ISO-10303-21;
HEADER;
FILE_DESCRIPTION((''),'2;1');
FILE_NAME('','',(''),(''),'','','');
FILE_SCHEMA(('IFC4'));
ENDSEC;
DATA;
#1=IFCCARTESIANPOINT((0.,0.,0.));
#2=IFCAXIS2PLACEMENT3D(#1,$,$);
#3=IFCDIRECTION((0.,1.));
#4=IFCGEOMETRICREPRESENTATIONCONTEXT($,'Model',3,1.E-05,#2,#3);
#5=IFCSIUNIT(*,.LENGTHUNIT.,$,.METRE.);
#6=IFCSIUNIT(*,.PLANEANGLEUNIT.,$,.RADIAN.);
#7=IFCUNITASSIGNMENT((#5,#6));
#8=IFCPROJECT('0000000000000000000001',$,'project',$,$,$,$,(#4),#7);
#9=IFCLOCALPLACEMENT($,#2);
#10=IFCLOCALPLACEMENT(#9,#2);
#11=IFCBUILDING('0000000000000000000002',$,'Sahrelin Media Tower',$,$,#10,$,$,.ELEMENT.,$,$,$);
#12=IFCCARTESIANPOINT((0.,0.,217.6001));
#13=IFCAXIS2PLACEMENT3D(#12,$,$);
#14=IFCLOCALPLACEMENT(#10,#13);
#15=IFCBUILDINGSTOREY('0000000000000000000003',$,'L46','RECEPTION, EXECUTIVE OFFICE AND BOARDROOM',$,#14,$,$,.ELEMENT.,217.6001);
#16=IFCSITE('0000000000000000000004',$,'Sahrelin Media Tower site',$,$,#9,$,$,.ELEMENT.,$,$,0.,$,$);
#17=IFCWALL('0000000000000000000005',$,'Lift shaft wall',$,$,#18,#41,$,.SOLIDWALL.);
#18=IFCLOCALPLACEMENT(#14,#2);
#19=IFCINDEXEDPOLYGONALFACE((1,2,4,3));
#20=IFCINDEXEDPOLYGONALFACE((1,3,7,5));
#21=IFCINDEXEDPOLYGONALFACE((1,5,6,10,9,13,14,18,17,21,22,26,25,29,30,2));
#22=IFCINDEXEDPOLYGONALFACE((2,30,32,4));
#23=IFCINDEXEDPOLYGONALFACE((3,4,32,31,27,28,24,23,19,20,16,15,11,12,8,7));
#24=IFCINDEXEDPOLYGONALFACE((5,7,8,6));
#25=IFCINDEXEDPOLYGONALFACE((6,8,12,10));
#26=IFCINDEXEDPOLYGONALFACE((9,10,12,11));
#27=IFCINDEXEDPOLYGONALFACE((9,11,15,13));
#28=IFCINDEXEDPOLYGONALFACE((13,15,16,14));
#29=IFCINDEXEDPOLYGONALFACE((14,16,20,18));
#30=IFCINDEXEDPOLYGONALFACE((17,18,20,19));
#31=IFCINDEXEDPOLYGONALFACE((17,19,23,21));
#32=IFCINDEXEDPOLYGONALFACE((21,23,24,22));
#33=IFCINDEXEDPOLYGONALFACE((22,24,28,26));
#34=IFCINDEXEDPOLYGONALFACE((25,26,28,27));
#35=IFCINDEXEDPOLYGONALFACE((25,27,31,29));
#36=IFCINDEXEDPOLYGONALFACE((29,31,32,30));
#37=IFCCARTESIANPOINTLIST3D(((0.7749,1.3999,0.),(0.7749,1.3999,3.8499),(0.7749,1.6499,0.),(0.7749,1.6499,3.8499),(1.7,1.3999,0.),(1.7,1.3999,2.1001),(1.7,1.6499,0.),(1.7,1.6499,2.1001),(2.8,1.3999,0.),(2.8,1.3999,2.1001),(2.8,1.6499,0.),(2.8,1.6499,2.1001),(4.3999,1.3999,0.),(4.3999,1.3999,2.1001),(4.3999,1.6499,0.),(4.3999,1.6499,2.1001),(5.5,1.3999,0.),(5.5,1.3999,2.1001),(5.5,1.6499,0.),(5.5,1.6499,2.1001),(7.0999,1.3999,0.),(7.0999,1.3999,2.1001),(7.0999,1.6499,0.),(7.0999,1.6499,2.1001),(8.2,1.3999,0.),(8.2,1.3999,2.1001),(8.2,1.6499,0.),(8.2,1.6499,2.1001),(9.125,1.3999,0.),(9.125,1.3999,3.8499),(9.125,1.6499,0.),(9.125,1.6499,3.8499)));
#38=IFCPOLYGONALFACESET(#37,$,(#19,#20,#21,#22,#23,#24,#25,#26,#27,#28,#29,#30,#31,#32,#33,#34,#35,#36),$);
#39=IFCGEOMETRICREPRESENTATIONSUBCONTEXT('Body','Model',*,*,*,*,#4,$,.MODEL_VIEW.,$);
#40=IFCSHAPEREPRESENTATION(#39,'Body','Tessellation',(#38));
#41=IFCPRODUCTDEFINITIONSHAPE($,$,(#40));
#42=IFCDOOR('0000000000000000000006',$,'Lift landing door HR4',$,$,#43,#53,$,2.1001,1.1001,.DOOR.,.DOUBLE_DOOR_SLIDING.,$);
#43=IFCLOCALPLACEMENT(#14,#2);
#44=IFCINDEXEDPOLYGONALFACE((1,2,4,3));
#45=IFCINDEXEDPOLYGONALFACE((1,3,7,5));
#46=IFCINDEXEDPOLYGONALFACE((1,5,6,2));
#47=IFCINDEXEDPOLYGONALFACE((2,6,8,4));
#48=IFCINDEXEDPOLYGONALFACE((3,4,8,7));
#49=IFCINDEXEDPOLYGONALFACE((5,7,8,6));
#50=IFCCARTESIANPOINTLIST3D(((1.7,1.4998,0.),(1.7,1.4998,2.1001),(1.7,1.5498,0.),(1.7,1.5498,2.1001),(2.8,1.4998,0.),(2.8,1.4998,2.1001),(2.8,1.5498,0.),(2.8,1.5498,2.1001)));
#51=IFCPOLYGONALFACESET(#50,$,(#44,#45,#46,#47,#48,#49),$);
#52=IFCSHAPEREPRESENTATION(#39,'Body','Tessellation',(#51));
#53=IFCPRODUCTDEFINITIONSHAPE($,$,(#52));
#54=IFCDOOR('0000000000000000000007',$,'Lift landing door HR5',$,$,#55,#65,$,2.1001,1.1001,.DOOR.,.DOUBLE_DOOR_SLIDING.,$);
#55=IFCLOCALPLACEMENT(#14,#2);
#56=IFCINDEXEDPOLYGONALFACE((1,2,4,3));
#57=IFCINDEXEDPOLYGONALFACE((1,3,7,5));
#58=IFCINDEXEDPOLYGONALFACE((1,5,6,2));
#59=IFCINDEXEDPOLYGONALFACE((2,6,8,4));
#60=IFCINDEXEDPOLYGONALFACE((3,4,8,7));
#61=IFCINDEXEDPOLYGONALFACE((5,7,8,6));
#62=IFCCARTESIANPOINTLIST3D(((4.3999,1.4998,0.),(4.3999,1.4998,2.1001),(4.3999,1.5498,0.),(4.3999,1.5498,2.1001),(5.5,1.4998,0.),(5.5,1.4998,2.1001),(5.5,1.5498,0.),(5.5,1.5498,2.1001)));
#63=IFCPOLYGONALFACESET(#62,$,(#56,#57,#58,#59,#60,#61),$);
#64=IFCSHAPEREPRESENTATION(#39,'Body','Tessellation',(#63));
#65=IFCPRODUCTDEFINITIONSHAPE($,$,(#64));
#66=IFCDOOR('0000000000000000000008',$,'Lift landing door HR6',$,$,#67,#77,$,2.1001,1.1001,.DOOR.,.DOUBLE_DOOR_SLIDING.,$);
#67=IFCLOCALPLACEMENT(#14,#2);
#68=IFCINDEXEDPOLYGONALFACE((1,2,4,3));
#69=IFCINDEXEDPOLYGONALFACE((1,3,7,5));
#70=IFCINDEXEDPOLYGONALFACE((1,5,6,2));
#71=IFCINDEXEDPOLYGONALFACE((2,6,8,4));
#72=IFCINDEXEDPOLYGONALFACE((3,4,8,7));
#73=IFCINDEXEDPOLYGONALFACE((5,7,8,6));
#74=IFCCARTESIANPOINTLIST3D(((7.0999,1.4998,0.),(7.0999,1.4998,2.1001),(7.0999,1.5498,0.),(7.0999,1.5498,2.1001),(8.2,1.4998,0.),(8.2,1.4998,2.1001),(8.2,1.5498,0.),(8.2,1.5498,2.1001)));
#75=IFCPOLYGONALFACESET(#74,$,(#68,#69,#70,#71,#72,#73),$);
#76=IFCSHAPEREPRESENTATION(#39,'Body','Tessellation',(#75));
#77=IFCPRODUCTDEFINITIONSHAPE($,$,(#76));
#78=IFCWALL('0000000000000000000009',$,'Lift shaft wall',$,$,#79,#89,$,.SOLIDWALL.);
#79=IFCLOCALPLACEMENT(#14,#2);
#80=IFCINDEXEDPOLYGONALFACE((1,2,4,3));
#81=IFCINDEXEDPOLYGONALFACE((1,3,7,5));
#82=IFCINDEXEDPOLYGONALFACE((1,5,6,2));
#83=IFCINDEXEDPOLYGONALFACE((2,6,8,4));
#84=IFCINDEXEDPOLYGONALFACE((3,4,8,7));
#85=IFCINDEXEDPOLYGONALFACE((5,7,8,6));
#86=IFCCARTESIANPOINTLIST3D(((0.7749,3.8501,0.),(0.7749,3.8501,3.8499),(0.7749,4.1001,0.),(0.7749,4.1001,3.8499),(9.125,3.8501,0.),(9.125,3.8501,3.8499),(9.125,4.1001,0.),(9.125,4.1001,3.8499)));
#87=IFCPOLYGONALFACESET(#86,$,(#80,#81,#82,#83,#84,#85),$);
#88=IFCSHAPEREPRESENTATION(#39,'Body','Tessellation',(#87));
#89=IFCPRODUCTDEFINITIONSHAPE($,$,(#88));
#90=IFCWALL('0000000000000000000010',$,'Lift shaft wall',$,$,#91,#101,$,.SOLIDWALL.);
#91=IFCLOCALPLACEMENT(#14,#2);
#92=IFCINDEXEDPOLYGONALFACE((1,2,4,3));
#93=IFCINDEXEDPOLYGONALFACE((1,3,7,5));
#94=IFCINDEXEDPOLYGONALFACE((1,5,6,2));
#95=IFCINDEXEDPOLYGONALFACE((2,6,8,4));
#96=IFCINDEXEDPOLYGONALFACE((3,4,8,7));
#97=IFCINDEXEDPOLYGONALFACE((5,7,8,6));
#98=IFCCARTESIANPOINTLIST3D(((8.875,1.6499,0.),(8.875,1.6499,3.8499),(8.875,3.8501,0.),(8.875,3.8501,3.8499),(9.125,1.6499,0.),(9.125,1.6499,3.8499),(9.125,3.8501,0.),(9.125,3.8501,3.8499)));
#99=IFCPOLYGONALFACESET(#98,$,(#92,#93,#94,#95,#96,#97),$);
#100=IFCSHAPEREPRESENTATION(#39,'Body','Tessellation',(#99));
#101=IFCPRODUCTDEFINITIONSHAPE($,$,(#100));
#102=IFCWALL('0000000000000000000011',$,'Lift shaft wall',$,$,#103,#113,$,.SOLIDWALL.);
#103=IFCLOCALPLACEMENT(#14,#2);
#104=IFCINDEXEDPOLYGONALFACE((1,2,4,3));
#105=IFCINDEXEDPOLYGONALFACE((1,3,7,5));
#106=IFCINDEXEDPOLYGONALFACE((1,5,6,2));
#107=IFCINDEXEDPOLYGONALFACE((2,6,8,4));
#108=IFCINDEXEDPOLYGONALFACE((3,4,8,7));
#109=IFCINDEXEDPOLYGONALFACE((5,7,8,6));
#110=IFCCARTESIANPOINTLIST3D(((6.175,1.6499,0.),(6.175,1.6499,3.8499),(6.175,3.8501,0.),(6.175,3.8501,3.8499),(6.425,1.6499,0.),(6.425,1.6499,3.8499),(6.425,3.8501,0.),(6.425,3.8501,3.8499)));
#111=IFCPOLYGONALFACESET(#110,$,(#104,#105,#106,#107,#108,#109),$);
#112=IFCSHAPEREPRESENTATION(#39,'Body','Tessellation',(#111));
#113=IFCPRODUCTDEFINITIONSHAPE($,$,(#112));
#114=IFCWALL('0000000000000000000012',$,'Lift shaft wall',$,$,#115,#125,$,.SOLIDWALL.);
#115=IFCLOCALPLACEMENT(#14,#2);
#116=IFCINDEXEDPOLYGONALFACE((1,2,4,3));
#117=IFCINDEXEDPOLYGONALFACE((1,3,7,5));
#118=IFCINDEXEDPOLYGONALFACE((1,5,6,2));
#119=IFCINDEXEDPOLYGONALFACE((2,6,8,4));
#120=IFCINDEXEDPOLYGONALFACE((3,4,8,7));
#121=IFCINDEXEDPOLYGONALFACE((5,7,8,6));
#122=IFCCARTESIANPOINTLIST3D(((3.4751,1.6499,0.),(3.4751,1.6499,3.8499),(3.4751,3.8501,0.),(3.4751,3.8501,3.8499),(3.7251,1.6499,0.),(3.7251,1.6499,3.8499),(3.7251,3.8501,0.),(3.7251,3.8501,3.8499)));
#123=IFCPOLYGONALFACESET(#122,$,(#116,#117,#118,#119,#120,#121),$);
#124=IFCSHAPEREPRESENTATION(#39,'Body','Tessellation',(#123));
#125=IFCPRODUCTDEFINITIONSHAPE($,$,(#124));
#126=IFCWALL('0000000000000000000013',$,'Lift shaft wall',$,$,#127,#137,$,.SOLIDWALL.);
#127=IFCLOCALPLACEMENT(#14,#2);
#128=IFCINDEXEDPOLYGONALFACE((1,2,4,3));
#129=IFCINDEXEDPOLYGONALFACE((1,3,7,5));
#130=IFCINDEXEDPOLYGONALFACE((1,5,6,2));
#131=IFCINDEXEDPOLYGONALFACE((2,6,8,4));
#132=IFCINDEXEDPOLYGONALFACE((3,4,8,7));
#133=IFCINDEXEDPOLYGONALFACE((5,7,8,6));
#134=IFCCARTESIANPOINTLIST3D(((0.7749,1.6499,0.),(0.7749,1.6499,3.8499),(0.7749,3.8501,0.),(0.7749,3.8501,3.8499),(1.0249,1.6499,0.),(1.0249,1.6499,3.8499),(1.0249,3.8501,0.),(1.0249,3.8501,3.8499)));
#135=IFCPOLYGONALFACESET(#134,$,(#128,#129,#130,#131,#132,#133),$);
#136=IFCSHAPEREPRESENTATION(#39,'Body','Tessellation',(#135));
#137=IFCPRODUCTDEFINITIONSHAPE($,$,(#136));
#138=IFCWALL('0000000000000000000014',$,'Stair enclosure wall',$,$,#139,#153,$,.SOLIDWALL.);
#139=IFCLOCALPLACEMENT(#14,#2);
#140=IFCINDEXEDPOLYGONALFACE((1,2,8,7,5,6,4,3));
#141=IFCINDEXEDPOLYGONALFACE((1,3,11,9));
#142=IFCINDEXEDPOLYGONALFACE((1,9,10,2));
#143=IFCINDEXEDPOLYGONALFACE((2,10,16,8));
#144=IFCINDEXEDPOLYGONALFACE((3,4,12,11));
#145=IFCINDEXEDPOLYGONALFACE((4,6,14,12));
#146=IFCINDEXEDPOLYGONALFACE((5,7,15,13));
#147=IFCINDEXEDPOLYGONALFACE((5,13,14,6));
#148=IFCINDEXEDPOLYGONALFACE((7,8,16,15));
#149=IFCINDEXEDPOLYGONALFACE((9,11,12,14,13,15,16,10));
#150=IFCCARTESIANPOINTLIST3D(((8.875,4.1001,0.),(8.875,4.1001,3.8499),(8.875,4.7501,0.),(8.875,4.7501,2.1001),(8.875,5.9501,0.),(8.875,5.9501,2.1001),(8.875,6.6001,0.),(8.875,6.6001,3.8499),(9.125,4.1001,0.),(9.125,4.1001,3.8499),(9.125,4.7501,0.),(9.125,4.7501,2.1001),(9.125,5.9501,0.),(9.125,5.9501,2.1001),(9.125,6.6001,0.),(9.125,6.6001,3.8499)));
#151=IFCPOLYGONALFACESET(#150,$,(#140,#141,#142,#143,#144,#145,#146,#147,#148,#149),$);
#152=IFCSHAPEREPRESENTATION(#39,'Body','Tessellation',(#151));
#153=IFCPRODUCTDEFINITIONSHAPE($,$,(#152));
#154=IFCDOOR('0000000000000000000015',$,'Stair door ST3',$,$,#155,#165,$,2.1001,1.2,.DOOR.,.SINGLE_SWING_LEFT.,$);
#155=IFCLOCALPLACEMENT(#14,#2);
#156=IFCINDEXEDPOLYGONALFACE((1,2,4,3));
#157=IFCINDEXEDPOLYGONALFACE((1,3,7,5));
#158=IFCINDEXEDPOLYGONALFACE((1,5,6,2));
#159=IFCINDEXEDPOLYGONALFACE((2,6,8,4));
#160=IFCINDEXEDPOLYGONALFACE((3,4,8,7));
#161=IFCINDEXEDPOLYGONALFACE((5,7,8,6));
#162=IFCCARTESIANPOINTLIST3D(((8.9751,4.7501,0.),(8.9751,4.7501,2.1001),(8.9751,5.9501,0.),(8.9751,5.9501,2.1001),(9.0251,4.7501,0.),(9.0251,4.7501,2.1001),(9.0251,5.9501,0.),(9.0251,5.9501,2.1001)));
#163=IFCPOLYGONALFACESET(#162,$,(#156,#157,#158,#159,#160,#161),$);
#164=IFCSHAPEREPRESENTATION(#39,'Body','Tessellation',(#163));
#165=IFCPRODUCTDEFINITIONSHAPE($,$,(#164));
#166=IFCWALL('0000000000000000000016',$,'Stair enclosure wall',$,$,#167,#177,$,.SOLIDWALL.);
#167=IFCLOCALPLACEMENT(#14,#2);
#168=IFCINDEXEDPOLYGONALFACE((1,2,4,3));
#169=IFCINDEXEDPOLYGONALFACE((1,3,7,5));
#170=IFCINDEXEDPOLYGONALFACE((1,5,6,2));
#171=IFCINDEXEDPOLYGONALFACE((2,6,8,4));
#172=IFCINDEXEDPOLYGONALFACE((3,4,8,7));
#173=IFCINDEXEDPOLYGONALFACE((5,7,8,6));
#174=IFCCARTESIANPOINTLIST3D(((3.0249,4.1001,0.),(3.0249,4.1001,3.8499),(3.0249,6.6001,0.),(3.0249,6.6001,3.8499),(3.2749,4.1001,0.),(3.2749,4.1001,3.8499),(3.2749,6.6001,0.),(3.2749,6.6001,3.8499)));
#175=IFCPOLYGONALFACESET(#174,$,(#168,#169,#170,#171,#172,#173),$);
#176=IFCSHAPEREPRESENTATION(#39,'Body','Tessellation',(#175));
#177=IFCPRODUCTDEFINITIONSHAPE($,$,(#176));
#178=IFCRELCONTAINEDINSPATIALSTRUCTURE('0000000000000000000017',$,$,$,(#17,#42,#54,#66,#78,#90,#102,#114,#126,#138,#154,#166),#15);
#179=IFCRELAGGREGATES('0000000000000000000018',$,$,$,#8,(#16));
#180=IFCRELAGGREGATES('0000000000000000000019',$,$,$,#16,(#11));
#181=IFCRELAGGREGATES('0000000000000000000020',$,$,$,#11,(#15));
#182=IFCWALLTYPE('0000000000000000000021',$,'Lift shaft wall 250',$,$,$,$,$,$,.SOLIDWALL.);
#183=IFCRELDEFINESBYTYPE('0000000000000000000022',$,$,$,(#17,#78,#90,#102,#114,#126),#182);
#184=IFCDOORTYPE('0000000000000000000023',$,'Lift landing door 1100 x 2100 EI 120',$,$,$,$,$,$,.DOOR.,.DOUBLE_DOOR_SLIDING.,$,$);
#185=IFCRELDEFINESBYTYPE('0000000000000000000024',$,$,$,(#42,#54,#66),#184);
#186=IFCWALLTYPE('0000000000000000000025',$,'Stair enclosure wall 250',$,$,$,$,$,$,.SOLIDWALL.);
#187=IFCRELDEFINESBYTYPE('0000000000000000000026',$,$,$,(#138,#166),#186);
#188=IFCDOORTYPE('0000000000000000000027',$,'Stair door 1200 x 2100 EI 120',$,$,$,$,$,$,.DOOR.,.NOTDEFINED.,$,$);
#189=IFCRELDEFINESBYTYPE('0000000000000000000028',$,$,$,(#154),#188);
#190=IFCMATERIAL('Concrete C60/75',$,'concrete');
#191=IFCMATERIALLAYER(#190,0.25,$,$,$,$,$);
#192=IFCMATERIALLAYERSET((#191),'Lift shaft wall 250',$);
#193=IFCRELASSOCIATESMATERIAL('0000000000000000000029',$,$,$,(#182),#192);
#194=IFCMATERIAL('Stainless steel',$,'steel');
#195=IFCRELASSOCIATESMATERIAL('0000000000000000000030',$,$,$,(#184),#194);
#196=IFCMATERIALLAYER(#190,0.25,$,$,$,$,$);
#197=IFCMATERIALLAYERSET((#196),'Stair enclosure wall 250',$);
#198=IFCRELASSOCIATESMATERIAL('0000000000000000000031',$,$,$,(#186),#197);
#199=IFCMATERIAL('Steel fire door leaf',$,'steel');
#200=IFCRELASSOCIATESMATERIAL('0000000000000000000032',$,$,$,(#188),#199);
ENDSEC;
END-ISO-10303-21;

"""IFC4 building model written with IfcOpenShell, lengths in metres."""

from ifc_helpers import new_model, si_unit, direction, frame, frame_2d, origin, place, context, subcontext, project, spatial, rectangle, extrude, material, layer, layer_set, type_object, element, fill, save


model = new_model("IFC4")

# Units and contexts
model_context = context("Model", 3, precision=1e-05, world=origin(), true_north=direction((0.0, 1.0)))
body_context = subcontext(model_context, "Body", "Model", "MODEL_VIEW")
ifc_project = project(units=[si_unit("LENGTHUNIT", "METRE"), si_unit("PLANEANGLEUNIT", "RADIAN")], contexts=[model_context])

# Site, building, storey
site_placement = place(None, origin())
site = spatial("IfcSite", under=ifc_project, at=site_placement, Name="Sahrelin Media Tower site", CompositionType="ELEMENT", RefElevation=0.0)
building_placement = place(site_placement, origin())
building = spatial("IfcBuilding", under=site, at=building_placement, Name="Sahrelin Media Tower", CompositionType="ELEMENT")
storey_placement = place(building_placement, frame((0.0, 0.0, 217.6001)))
storey = spatial("IfcBuildingStorey", under=building, at=storey_placement, Name="L46", Description="RECEPTION, EXECUTIVE OFFICE AND BOARDROOM", CompositionType="ELEMENT", Elevation=217.6001)

# Wall, openings, doors
ifc_material_1 = material(Name="Concrete C60/75", Category="concrete")
ifc_layer_1 = layer(ifc_material_1, 0.25)
ifc_layer_set_1 = layer_set([ifc_layer_1], Name="Lift shaft wall 250")
wall_type_1 = type_object("IfcWallType", Name="Lift shaft wall 250", PredefinedType="SOLIDWALL", material=ifc_layer_set_1)
wall_1_placement = place(storey_placement, frame((0.7749, 1.5249, 0.0), z_axis=(0.0, 0.0, 1.0), x_axis=(1.0, 0.0, 0.0)))
wall_1 = element("IfcWall", 1, at=wall_1_placement, inside=storey, type_object=wall_type_1, Name="Lift shaft wall", PredefinedType="SOLIDWALL", context=body_context, shape_type="SweptSolid", body=[
    extrude(rectangle(XDim=8.3501, YDim=0.25, at=frame_2d((4.175, 0.0))), origin(), (0.0, 0.0, 1.0), 3.8499),
])
opening_1_placement = place(wall_1_placement, frame((0.925, 0.0, 0.0)))
opening_1 = element("IfcOpeningElement", 2, at=opening_1_placement, cuts=wall_1, PredefinedType="OPENING", context=body_context, shape_type="SweptSolid", body=[
    extrude(rectangle(XDim=1.1001, YDim=2.1001, at=frame_2d((0.55, 1.05))), frame((0.0, 0.125, 0.0), z_axis=(0.0, -1.0, 0.0), x_axis=(1.0, 0.0, 0.0)), (0.0, 0.0, 1.0), 0.25),
])
opening_2_placement = place(wall_1_placement, frame((3.625, 0.0, 0.0)))
opening_2 = element("IfcOpeningElement", 3, at=opening_2_placement, cuts=wall_1, PredefinedType="OPENING", context=body_context, shape_type="SweptSolid", body=[
    extrude(rectangle(XDim=1.1001, YDim=2.1001, at=frame_2d((0.55, 1.05))), frame((0.0, 0.125, 0.0), z_axis=(0.0, -1.0, 0.0), x_axis=(1.0, 0.0, 0.0)), (0.0, 0.0, 1.0), 0.25),
])
opening_3_placement = place(wall_1_placement, frame((6.325, 0.0, 0.0)))
opening_3 = element("IfcOpeningElement", 4, at=opening_3_placement, cuts=wall_1, PredefinedType="OPENING", context=body_context, shape_type="SweptSolid", body=[
    extrude(rectangle(XDim=1.1001, YDim=2.1001, at=frame_2d((0.55, 1.05))), frame((0.0, 0.125, 0.0), z_axis=(0.0, -1.0, 0.0), x_axis=(1.0, 0.0, 0.0)), (0.0, 0.0, 1.0), 0.25),
])
ifc_material_2 = material(Name="Stainless steel", Category="steel")
door_type_1 = type_object("IfcDoorType", Name="Lift landing door 1100 x 2100 EI 120", OperationType="DOUBLE_DOOR_SLIDING", PredefinedType="DOOR", material=ifc_material_2)
door_1_placement = place(opening_1_placement, origin())
door_1 = element("IfcDoor", 5, at=door_1_placement, inside=storey, type_object=door_type_1, Name="Lift landing door HR4", OperationType="DOUBLE_DOOR_SLIDING", OverallHeight=2.1001, OverallWidth=1.1001, PredefinedType="DOOR", context=body_context, shape_type="SweptSolid", body=[
    extrude(rectangle(XDim=1.1001, YDim=2.1001, at=frame_2d((0.55, 1.05))), frame((0.0, 0.0249, 0.0), z_axis=(0.0, -1.0, 0.0), x_axis=(1.0, 0.0, 0.0)), (0.0, 0.0, 1.0), 0.05),
])
fill(opening_1, door_1)
door_2_placement = place(opening_2_placement, origin())
door_2 = element("IfcDoor", 6, at=door_2_placement, inside=storey, type_object=door_type_1, Name="Lift landing door HR5", OperationType="DOUBLE_DOOR_SLIDING", OverallHeight=2.1001, OverallWidth=1.1001, PredefinedType="DOOR", context=body_context, shape_type="SweptSolid", body=[
    extrude(rectangle(XDim=1.1001, YDim=2.1001, at=frame_2d((0.55, 1.05))), frame((0.0, 0.0249, 0.0), z_axis=(0.0, -1.0, 0.0), x_axis=(1.0, 0.0, 0.0)), (0.0, 0.0, 1.0), 0.05),
])
fill(opening_2, door_2)
door_3_placement = place(opening_3_placement, origin())
door_3 = element("IfcDoor", 7, at=door_3_placement, inside=storey, type_object=door_type_1, Name="Lift landing door HR6", OperationType="DOUBLE_DOOR_SLIDING", OverallHeight=2.1001, OverallWidth=1.1001, PredefinedType="DOOR", context=body_context, shape_type="SweptSolid", body=[
    extrude(rectangle(XDim=1.1001, YDim=2.1001, at=frame_2d((0.55, 1.05))), frame((0.0, 0.0249, 0.0), z_axis=(0.0, -1.0, 0.0), x_axis=(1.0, 0.0, 0.0)), (0.0, 0.0, 1.0), 0.05),
])
fill(opening_3, door_3)

# Walls
wall_2_placement = place(storey_placement, frame((0.7749, 3.9751, 0.0), z_axis=(0.0, 0.0, 1.0), x_axis=(1.0, 0.0, 0.0)))
element("IfcWall", 8, at=wall_2_placement, inside=storey, type_object=wall_type_1, Name="Lift shaft wall", PredefinedType="SOLIDWALL", context=body_context, shape_type="SweptSolid", body=[
    extrude(rectangle(XDim=8.3501, YDim=0.25, at=frame_2d((4.175, 0.0))), origin(), (0.0, 0.0, 1.0), 3.8499),
])
for number, where, z_axis, x_axis, name in (
    (9, (9.0, 1.6499, 0.0), (0.0, 0.0, 1.0), (0.0, 1.0, 0.0), "Lift shaft wall"),
    (10, (6.3, 1.6499, 0.0), (0.0, 0.0, 1.0), (0.0, 1.0, 0.0), "Lift shaft wall"),
    (11, (3.6001, 1.6499, 0.0), (0.0, 0.0, 1.0), (0.0, 1.0, 0.0), "Lift shaft wall"),
    (12, (0.8999, 1.6499, 0.0), (0.0, 0.0, 1.0), (0.0, 1.0, 0.0), "Lift shaft wall"),
):
    element("IfcWall", number, at=place(storey_placement, frame(where, z_axis=z_axis, x_axis=x_axis)), inside=storey, type_object=wall_type_1, Name=name, PredefinedType="SOLIDWALL", context=body_context, shape_type="SweptSolid", body=[
        extrude(rectangle(XDim=2.2002, YDim=0.25, at=frame_2d((1.1001, 0.0))), origin(), (0.0, 0.0, 1.0), 3.8499),
    ])

# Wall, opening, door
ifc_layer_2 = layer(ifc_material_1, 0.25)
ifc_layer_set_2 = layer_set([ifc_layer_2], Name="Stair enclosure wall 250")
wall_type_2 = type_object("IfcWallType", Name="Stair enclosure wall 250", PredefinedType="SOLIDWALL", material=ifc_layer_set_2)
wall_3_placement = place(storey_placement, frame((9.0, 4.1001, 0.0), z_axis=(0.0, 0.0, 1.0), x_axis=(0.0, 1.0, 0.0)))
wall_3 = element("IfcWall", 13, at=wall_3_placement, inside=storey, type_object=wall_type_2, Name="Stair enclosure wall", PredefinedType="SOLIDWALL", context=body_context, shape_type="SweptSolid", body=[
    extrude(rectangle(XDim=2.5, YDim=0.25, at=frame_2d((1.25, 0.0))), origin(), (0.0, 0.0, 1.0), 3.8499),
])
opening_4_placement = place(wall_3_placement, frame((0.6499, 0.0, 0.0)))
opening_4 = element("IfcOpeningElement", 14, at=opening_4_placement, cuts=wall_3, PredefinedType="OPENING", context=body_context, shape_type="SweptSolid", body=[
    extrude(rectangle(XDim=1.2, YDim=2.1001, at=frame_2d((0.6001, 1.05))), frame((0.0, 0.125, 0.0), z_axis=(0.0, -1.0, 0.0), x_axis=(1.0, 0.0, 0.0)), (0.0, 0.0, 1.0), 0.25),
])
ifc_material_3 = material(Name="Steel fire door leaf", Category="steel")
door_type_2 = type_object("IfcDoorType", Name="Stair door 1200 x 2100 EI 120", OperationType="NOTDEFINED", PredefinedType="DOOR", material=ifc_material_3)
door_4_placement = place(opening_4_placement, origin())
door_4 = element("IfcDoor", 15, at=door_4_placement, inside=storey, type_object=door_type_2, Name="Stair door ST3", OperationType="SINGLE_SWING_LEFT", OverallHeight=2.1001, OverallWidth=1.2, PredefinedType="DOOR", context=body_context, shape_type="SweptSolid", body=[
    extrude(rectangle(XDim=1.2, YDim=2.1001, at=frame_2d((0.6001, 1.05))), frame((0.0, 0.0249, 0.0), z_axis=(0.0, -1.0, 0.0), x_axis=(1.0, 0.0, 0.0)), (0.0, 0.0, 1.0), 0.05),
])
fill(opening_4, door_4)

# Wall
wall_4_placement = place(storey_placement, frame((3.1499, 4.1001, 0.0), z_axis=(0.0, 0.0, 1.0), x_axis=(0.0, 1.0, 0.0)))
element("IfcWall", 16, at=wall_4_placement, inside=storey, type_object=wall_type_2, Name="Stair enclosure wall", PredefinedType="SOLIDWALL", context=body_context, shape_type="SweptSolid", body=[
    extrude(rectangle(XDim=2.5, YDim=0.25, at=frame_2d((1.25, 0.0))), origin(), (0.0, 0.0, 1.0), 3.8499),
])

save(model, "model.ifc")
